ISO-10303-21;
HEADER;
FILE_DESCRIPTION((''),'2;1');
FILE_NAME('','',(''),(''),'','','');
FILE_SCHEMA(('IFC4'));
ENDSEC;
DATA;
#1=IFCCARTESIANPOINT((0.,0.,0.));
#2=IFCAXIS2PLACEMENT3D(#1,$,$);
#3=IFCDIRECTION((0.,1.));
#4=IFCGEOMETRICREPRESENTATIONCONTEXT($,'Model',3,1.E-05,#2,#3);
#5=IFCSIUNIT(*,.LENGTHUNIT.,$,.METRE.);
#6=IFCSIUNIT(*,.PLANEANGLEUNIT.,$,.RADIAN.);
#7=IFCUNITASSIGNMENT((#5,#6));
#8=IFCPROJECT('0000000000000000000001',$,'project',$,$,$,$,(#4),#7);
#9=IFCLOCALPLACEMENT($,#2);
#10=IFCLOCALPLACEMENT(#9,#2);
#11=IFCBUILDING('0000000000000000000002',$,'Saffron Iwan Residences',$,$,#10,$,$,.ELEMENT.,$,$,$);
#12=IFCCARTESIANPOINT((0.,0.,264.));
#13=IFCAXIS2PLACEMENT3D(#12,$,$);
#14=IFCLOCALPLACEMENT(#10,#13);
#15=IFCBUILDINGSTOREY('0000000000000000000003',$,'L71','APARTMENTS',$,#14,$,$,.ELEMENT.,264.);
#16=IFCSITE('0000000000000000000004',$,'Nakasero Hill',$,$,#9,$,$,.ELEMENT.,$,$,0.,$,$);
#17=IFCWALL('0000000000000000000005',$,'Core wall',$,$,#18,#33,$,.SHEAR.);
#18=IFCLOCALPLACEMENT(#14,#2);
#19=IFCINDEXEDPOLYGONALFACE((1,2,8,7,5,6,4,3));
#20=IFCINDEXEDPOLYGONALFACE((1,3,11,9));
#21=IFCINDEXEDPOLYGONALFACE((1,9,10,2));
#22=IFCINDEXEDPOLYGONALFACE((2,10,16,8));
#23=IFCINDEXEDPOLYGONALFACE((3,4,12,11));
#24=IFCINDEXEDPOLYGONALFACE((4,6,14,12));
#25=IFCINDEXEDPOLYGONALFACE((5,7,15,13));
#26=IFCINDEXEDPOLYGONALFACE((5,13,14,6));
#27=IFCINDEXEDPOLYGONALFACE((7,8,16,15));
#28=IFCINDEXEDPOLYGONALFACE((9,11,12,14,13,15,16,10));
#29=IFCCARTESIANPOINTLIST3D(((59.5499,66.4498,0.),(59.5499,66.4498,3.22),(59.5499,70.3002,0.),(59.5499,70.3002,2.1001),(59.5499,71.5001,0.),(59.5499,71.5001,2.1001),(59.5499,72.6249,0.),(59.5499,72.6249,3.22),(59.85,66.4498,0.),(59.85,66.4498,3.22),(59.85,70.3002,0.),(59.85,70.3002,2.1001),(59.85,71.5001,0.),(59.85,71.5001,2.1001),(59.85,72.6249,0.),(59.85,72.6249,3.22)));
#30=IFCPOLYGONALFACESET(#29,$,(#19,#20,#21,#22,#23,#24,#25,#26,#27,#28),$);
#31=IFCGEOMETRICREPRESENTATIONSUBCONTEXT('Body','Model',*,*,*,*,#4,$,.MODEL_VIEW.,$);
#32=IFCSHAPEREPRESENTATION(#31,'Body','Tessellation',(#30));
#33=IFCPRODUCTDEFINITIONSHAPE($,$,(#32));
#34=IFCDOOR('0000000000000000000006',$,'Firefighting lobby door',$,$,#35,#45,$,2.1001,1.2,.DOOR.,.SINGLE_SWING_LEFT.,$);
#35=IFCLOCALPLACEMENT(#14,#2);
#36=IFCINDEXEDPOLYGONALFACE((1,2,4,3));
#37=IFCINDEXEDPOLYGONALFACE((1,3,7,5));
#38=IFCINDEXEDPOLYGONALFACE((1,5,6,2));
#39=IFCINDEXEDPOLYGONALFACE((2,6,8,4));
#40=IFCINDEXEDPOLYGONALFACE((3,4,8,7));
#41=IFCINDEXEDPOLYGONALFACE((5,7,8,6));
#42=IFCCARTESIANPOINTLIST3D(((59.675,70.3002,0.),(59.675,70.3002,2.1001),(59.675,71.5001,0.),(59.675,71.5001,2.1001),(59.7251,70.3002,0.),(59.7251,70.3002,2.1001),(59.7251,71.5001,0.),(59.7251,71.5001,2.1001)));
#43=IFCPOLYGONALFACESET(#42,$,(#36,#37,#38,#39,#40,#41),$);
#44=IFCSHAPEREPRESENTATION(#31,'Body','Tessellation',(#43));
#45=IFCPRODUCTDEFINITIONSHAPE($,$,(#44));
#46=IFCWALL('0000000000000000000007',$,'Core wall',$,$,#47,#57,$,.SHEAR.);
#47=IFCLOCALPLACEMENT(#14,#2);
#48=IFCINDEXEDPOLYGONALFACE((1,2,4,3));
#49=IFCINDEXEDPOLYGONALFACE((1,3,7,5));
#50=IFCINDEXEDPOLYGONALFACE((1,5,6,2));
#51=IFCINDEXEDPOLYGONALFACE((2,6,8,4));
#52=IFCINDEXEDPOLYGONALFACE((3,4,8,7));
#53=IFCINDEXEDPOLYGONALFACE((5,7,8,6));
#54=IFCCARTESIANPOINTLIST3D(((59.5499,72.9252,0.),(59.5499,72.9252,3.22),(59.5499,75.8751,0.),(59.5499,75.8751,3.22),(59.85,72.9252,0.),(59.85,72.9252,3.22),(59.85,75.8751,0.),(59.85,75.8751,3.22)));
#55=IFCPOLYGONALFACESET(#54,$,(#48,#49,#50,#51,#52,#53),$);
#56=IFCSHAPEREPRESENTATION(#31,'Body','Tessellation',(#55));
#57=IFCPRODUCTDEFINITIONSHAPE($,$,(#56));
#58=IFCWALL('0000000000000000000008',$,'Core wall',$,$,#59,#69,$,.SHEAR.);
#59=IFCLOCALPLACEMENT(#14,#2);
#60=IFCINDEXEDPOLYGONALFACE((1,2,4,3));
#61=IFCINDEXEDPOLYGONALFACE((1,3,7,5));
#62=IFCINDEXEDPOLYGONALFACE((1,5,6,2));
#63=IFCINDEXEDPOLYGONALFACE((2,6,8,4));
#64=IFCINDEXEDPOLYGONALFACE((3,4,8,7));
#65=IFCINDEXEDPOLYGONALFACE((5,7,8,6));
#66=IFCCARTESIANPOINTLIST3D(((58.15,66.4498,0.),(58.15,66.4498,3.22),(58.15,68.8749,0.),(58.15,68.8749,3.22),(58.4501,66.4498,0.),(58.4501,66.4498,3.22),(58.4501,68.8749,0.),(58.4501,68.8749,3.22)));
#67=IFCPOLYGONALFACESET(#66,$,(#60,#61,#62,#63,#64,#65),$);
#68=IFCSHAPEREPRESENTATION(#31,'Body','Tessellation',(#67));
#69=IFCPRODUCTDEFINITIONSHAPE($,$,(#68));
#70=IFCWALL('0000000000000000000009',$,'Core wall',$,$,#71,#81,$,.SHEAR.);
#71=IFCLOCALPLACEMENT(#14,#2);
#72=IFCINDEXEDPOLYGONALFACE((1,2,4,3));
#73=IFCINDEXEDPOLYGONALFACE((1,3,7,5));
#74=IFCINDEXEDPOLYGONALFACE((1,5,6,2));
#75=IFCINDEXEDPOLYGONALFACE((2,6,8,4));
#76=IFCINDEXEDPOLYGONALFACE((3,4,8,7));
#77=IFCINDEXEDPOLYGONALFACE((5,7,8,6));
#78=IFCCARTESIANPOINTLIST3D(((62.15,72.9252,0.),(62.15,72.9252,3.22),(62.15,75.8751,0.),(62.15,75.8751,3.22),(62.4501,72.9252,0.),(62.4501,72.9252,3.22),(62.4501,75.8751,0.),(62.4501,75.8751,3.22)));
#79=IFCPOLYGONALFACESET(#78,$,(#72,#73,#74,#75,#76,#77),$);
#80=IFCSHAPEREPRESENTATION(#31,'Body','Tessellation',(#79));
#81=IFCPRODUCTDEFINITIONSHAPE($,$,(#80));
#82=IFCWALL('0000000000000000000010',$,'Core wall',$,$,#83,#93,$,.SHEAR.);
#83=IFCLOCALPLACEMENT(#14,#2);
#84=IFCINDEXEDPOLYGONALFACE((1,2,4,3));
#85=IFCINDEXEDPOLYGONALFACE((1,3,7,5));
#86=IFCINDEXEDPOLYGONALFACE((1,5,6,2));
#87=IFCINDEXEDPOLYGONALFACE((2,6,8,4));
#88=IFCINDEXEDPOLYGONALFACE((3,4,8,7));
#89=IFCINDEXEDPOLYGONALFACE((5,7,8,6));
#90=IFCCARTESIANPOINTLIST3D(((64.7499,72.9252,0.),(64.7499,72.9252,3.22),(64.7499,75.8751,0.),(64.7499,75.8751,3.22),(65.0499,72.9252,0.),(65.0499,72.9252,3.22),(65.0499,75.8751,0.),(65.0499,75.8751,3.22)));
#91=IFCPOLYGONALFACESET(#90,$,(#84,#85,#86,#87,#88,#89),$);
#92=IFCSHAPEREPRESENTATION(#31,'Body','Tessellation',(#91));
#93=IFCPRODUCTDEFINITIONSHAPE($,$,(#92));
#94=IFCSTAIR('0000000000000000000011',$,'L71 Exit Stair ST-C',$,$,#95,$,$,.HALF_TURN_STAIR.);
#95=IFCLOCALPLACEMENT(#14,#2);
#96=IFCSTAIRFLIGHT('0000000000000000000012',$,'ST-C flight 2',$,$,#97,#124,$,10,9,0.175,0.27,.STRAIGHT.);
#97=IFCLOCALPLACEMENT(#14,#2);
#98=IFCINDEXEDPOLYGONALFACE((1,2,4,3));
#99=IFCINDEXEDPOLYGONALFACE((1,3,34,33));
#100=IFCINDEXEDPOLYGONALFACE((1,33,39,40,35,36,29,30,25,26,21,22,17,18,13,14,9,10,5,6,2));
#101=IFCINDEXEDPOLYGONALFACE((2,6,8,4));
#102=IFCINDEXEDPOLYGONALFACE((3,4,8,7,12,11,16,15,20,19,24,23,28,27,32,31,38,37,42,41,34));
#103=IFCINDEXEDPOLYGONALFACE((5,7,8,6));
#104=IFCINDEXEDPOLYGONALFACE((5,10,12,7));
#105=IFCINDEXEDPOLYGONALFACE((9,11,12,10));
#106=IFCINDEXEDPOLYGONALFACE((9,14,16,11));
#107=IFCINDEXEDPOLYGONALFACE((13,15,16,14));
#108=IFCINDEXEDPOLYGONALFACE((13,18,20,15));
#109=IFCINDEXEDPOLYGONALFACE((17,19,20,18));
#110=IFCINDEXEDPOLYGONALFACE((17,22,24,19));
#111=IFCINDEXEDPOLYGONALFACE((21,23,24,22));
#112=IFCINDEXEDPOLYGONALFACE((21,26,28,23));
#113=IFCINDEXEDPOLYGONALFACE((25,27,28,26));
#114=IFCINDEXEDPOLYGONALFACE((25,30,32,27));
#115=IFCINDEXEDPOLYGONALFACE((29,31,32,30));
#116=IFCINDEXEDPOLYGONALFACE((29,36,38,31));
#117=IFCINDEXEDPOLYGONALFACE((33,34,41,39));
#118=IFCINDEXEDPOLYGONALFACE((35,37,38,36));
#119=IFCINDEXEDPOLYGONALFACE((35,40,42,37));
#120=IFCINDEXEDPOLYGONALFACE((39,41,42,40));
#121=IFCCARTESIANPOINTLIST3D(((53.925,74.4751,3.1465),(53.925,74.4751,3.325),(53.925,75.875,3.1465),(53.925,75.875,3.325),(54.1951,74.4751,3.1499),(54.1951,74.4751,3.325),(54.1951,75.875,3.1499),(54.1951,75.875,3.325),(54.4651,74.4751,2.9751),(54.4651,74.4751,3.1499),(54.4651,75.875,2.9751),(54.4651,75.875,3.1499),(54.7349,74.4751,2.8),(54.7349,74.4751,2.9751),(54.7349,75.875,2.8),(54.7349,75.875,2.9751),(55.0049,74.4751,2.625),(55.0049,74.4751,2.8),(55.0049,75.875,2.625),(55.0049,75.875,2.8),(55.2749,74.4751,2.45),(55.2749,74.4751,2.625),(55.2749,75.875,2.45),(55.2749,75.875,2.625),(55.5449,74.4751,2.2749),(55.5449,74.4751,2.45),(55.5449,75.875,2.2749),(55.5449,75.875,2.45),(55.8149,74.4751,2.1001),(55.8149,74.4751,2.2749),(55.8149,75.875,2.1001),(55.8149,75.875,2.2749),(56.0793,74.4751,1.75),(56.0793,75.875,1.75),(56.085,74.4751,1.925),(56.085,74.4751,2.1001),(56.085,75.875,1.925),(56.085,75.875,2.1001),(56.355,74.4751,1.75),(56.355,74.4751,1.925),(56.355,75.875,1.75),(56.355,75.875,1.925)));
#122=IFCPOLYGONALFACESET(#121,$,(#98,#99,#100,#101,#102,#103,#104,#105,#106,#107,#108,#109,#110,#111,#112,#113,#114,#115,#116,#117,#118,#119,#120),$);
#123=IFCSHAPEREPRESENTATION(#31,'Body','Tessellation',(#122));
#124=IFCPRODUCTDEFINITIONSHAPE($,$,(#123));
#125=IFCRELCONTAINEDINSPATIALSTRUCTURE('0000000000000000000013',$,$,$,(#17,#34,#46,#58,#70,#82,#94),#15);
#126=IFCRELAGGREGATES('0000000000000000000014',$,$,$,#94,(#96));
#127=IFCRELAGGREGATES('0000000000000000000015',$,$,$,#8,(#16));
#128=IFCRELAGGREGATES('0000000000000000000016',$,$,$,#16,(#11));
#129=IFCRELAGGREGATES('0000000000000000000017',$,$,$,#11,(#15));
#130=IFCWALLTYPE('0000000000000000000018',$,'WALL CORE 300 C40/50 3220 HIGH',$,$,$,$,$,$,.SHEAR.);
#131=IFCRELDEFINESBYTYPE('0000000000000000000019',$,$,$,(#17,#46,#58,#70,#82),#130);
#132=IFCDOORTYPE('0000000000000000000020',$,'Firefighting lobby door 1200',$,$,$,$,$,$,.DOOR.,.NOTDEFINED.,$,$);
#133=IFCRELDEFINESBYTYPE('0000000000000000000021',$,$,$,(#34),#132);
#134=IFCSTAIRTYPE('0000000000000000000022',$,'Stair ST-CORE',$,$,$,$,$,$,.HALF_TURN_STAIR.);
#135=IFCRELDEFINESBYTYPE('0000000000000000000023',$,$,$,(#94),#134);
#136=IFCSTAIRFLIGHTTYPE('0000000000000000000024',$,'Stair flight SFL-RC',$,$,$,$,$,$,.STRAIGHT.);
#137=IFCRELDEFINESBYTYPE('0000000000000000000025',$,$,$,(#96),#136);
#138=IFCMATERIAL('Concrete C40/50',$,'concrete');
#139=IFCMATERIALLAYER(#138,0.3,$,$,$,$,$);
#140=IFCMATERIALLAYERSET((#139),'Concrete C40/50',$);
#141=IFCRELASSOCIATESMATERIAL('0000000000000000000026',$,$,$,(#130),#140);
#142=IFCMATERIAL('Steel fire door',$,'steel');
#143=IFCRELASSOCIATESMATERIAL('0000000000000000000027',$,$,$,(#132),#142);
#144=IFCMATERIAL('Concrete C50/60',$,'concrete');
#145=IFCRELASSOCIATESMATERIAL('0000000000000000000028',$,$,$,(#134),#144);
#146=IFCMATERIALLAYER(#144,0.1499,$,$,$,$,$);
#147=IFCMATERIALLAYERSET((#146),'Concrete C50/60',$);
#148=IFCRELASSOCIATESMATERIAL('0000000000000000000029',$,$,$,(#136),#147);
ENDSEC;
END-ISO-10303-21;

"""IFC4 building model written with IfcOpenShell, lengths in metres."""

from ifc_helpers import new_model, si_unit, direction, frame, frame_2d, origin, place, context, subcontext, project, spatial, polyline, rectangle, outline, extrude, material, layer, layer_set, type_object, element, fill, aggregate, save


model = new_model("IFC4")

# Units and contexts
model_context = context("Model", 3, precision=1e-05, world=origin(), true_north=direction((0.0, 1.0)))
body_context = subcontext(model_context, "Body", "Model", "MODEL_VIEW")
ifc_project = project(units=[si_unit("LENGTHUNIT", "METRE"), si_unit("PLANEANGLEUNIT", "RADIAN")], contexts=[model_context])

# Site, building, storey
site_placement = place(None, origin())
site = spatial("IfcSite", under=ifc_project, at=site_placement, Name="Nakasero Hill", CompositionType="ELEMENT", RefElevation=0.0)
building_placement = place(site_placement, origin())
building = spatial("IfcBuilding", under=site, at=building_placement, Name="Saffron Iwan Residences", CompositionType="ELEMENT")
storey_placement = place(building_placement, frame((0.0, 0.0, 264.0)))
storey = spatial("IfcBuildingStorey", under=building, at=storey_placement, Name="L71", Description="APARTMENTS", CompositionType="ELEMENT", Elevation=264.0)

# Shared definitions
ifc_material_1 = material(Name="Concrete C40/50", Category="concrete")

# Shared definitions
ifc_material_2 = material(Name="Steel fire door", Category="steel")

# Shared definitions
ifc_layer_1 = layer(ifc_material_1, 0.3)
ifc_layer_set_1 = layer_set([ifc_layer_1], Name="Concrete C40/50")
wall_type_1 = type_object("IfcWallType", Name="WALL CORE 300 C40/50 3220 HIGH", PredefinedType="SHEAR", material=ifc_layer_set_1)

# Wall, opening, door
wall_1_placement = place(storey_placement, frame((59.7, 66.45, 0.0), z_axis=(0.0, 0.0, 1.0), x_axis=(0.0, 1.0, 0.0)))
wall_1 = element("IfcWall", 1, at=wall_1_placement, inside=storey, type_object=wall_type_1, Name="Core wall", PredefinedType="SHEAR", context=body_context, shape_type="SweptSolid", body=[
    extrude(rectangle(XDim=6.175, YDim=0.3, at=frame_2d((3.0874, 0.0))), origin(), (0.0, 0.0, 1.0), 3.22),
])
opening_1_placement = place(wall_1_placement, frame((3.8501, 0.0, 0.0)))
opening_1 = element("IfcOpeningElement", 2, at=opening_1_placement, cuts=wall_1, PredefinedType="OPENING", context=body_context, shape_type="SweptSolid", body=[
    extrude(rectangle(XDim=1.2, YDim=2.1001, at=frame_2d((0.6001, 1.05))), frame((0.0, 0.1602, 0.0), z_axis=(0.0, -1.0, 0.0), x_axis=(1.0, 0.0, 0.0)), (0.0, 0.0, 1.0), 0.3201),
])
door_type_1 = type_object("IfcDoorType", Name="Firefighting lobby door 1200", OperationType="NOTDEFINED", PredefinedType="DOOR", material=ifc_material_2)
door_1_placement = place(opening_1_placement, origin())
door_1 = element("IfcDoor", 3, at=door_1_placement, inside=storey, type_object=door_type_1, Name="Firefighting lobby door", OperationType="SINGLE_SWING_LEFT", OverallHeight=2.1001, OverallWidth=1.2, PredefinedType="DOOR", context=body_context, shape_type="SweptSolid", body=[
    extrude(rectangle(XDim=1.2, YDim=2.1001, at=frame_2d((0.6001, 1.05))), frame((0.0, 0.0249, 0.0), z_axis=(0.0, -1.0, 0.0), x_axis=(1.0, 0.0, 0.0)), (0.0, 0.0, 1.0), 0.05),
])
fill(opening_1, door_1)

# Walls
wall_2_placement = place(storey_placement, frame((59.7, 72.925, 0.0), z_axis=(0.0, 0.0, 1.0), x_axis=(0.0, 1.0, 0.0)))
element("IfcWall", 4, at=wall_2_placement, inside=storey, type_object=wall_type_1, Name="Core wall", PredefinedType="SHEAR", context=body_context, shape_type="SweptSolid", body=[
    extrude(rectangle(XDim=2.95, YDim=0.3, at=frame_2d((1.4751, 0.0))), origin(), (0.0, 0.0, 1.0), 3.22),
])
wall_3_placement = place(storey_placement, frame((58.3, 66.45, 0.0), z_axis=(0.0, 0.0, 1.0), x_axis=(0.0, 1.0, 0.0)))
element("IfcWall", 5, at=wall_3_placement, inside=storey, type_object=wall_type_1, Name="Core wall", PredefinedType="SHEAR", context=body_context, shape_type="SweptSolid", body=[
    extrude(rectangle(XDim=2.425, YDim=0.3, at=frame_2d((1.2124, 0.0))), origin(), (0.0, 0.0, 1.0), 3.22),
])
for number, where, z_axis, x_axis, name in (
    (6, (62.3, 72.925, 0.0), (0.0, 0.0, 1.0), (0.0, 1.0, 0.0), "Core wall"),
    (7, (64.8999, 72.925, 0.0), (0.0, 0.0, 1.0), (0.0, 1.0, 0.0), "Core wall"),
):
    element("IfcWall", number, at=place(storey_placement, frame(where, z_axis=z_axis, x_axis=x_axis)), inside=storey, type_object=wall_type_1, Name=name, PredefinedType="SHEAR", context=body_context, shape_type="SweptSolid", body=[
        extrude(rectangle(XDim=2.95, YDim=0.3, at=frame_2d((1.4751, 0.0))), origin(), (0.0, 0.0, 1.0), 3.22),
    ])

# Stair, stair flight
ifc_material_3 = material(Name="Concrete C50/60", Category="concrete")
stair_type = type_object("IfcStairType", Name="Stair ST-CORE", PredefinedType="HALF_TURN_STAIR", material=ifc_material_3)
stair_placement = place(storey_placement, origin())
stair = element("IfcStair", 8, at=stair_placement, inside=storey, type_object=stair_type, Name="L71 Exit Stair ST-C", PredefinedType="HALF_TURN_STAIR")
ifc_layer_2 = layer(ifc_material_3, 0.1499)
ifc_layer_set_2 = layer_set([ifc_layer_2], Name="Concrete C50/60")
stair_flight_type = type_object("IfcStairFlightType", Name="Stair flight SFL-RC", PredefinedType="STRAIGHT", material=ifc_layer_set_2)
stair_flight_placement = place(storey_placement, frame((56.355, 75.175, 1.75), z_axis=(0.0, 0.0, 1.0), x_axis=(-1.0, 0.0, 0.0)))
stair_flight = element("IfcStairFlight", 9, at=stair_flight_placement, type_object=stair_flight_type, Name="ST-C flight 2", NumberOfRisers=10, NumberOfTreads=9, PredefinedType="STRAIGHT", RiserHeight=0.175, TreadLength=0.27, context=body_context, shape_type="SweptSolid", body=[
    extrude(outline(polyline([(0.0, 0.0), (0.0, 0.175), (0.27, 0.175), (0.27, 0.3501), (0.54, 0.3501), (0.54, 0.5249), (0.8101, 0.5249), (0.8101, 0.7), (1.0801, 0.7), (1.0801, 0.875), (1.3501, 0.875), (1.3501, 1.05), (1.6201, 1.05), (1.6201, 1.2251), (1.8899, 1.2251), (1.8899, 1.3999), (2.1599, 1.3999), (2.1599, 1.575), (2.4299, 1.575), (2.4299, 1.75), (2.4299, 1.3965), (0.2756, 0.0), (0.0, 0.0)])), frame((0.0, 0.7, 0.0), z_axis=(0.0, -1.0, 0.0), x_axis=(1.0, 0.0, 0.0)), (0.0, 0.0, 1.0), 1.3999),
])
aggregate(stair, [stair_flight])

save(model, "model.ifc")
